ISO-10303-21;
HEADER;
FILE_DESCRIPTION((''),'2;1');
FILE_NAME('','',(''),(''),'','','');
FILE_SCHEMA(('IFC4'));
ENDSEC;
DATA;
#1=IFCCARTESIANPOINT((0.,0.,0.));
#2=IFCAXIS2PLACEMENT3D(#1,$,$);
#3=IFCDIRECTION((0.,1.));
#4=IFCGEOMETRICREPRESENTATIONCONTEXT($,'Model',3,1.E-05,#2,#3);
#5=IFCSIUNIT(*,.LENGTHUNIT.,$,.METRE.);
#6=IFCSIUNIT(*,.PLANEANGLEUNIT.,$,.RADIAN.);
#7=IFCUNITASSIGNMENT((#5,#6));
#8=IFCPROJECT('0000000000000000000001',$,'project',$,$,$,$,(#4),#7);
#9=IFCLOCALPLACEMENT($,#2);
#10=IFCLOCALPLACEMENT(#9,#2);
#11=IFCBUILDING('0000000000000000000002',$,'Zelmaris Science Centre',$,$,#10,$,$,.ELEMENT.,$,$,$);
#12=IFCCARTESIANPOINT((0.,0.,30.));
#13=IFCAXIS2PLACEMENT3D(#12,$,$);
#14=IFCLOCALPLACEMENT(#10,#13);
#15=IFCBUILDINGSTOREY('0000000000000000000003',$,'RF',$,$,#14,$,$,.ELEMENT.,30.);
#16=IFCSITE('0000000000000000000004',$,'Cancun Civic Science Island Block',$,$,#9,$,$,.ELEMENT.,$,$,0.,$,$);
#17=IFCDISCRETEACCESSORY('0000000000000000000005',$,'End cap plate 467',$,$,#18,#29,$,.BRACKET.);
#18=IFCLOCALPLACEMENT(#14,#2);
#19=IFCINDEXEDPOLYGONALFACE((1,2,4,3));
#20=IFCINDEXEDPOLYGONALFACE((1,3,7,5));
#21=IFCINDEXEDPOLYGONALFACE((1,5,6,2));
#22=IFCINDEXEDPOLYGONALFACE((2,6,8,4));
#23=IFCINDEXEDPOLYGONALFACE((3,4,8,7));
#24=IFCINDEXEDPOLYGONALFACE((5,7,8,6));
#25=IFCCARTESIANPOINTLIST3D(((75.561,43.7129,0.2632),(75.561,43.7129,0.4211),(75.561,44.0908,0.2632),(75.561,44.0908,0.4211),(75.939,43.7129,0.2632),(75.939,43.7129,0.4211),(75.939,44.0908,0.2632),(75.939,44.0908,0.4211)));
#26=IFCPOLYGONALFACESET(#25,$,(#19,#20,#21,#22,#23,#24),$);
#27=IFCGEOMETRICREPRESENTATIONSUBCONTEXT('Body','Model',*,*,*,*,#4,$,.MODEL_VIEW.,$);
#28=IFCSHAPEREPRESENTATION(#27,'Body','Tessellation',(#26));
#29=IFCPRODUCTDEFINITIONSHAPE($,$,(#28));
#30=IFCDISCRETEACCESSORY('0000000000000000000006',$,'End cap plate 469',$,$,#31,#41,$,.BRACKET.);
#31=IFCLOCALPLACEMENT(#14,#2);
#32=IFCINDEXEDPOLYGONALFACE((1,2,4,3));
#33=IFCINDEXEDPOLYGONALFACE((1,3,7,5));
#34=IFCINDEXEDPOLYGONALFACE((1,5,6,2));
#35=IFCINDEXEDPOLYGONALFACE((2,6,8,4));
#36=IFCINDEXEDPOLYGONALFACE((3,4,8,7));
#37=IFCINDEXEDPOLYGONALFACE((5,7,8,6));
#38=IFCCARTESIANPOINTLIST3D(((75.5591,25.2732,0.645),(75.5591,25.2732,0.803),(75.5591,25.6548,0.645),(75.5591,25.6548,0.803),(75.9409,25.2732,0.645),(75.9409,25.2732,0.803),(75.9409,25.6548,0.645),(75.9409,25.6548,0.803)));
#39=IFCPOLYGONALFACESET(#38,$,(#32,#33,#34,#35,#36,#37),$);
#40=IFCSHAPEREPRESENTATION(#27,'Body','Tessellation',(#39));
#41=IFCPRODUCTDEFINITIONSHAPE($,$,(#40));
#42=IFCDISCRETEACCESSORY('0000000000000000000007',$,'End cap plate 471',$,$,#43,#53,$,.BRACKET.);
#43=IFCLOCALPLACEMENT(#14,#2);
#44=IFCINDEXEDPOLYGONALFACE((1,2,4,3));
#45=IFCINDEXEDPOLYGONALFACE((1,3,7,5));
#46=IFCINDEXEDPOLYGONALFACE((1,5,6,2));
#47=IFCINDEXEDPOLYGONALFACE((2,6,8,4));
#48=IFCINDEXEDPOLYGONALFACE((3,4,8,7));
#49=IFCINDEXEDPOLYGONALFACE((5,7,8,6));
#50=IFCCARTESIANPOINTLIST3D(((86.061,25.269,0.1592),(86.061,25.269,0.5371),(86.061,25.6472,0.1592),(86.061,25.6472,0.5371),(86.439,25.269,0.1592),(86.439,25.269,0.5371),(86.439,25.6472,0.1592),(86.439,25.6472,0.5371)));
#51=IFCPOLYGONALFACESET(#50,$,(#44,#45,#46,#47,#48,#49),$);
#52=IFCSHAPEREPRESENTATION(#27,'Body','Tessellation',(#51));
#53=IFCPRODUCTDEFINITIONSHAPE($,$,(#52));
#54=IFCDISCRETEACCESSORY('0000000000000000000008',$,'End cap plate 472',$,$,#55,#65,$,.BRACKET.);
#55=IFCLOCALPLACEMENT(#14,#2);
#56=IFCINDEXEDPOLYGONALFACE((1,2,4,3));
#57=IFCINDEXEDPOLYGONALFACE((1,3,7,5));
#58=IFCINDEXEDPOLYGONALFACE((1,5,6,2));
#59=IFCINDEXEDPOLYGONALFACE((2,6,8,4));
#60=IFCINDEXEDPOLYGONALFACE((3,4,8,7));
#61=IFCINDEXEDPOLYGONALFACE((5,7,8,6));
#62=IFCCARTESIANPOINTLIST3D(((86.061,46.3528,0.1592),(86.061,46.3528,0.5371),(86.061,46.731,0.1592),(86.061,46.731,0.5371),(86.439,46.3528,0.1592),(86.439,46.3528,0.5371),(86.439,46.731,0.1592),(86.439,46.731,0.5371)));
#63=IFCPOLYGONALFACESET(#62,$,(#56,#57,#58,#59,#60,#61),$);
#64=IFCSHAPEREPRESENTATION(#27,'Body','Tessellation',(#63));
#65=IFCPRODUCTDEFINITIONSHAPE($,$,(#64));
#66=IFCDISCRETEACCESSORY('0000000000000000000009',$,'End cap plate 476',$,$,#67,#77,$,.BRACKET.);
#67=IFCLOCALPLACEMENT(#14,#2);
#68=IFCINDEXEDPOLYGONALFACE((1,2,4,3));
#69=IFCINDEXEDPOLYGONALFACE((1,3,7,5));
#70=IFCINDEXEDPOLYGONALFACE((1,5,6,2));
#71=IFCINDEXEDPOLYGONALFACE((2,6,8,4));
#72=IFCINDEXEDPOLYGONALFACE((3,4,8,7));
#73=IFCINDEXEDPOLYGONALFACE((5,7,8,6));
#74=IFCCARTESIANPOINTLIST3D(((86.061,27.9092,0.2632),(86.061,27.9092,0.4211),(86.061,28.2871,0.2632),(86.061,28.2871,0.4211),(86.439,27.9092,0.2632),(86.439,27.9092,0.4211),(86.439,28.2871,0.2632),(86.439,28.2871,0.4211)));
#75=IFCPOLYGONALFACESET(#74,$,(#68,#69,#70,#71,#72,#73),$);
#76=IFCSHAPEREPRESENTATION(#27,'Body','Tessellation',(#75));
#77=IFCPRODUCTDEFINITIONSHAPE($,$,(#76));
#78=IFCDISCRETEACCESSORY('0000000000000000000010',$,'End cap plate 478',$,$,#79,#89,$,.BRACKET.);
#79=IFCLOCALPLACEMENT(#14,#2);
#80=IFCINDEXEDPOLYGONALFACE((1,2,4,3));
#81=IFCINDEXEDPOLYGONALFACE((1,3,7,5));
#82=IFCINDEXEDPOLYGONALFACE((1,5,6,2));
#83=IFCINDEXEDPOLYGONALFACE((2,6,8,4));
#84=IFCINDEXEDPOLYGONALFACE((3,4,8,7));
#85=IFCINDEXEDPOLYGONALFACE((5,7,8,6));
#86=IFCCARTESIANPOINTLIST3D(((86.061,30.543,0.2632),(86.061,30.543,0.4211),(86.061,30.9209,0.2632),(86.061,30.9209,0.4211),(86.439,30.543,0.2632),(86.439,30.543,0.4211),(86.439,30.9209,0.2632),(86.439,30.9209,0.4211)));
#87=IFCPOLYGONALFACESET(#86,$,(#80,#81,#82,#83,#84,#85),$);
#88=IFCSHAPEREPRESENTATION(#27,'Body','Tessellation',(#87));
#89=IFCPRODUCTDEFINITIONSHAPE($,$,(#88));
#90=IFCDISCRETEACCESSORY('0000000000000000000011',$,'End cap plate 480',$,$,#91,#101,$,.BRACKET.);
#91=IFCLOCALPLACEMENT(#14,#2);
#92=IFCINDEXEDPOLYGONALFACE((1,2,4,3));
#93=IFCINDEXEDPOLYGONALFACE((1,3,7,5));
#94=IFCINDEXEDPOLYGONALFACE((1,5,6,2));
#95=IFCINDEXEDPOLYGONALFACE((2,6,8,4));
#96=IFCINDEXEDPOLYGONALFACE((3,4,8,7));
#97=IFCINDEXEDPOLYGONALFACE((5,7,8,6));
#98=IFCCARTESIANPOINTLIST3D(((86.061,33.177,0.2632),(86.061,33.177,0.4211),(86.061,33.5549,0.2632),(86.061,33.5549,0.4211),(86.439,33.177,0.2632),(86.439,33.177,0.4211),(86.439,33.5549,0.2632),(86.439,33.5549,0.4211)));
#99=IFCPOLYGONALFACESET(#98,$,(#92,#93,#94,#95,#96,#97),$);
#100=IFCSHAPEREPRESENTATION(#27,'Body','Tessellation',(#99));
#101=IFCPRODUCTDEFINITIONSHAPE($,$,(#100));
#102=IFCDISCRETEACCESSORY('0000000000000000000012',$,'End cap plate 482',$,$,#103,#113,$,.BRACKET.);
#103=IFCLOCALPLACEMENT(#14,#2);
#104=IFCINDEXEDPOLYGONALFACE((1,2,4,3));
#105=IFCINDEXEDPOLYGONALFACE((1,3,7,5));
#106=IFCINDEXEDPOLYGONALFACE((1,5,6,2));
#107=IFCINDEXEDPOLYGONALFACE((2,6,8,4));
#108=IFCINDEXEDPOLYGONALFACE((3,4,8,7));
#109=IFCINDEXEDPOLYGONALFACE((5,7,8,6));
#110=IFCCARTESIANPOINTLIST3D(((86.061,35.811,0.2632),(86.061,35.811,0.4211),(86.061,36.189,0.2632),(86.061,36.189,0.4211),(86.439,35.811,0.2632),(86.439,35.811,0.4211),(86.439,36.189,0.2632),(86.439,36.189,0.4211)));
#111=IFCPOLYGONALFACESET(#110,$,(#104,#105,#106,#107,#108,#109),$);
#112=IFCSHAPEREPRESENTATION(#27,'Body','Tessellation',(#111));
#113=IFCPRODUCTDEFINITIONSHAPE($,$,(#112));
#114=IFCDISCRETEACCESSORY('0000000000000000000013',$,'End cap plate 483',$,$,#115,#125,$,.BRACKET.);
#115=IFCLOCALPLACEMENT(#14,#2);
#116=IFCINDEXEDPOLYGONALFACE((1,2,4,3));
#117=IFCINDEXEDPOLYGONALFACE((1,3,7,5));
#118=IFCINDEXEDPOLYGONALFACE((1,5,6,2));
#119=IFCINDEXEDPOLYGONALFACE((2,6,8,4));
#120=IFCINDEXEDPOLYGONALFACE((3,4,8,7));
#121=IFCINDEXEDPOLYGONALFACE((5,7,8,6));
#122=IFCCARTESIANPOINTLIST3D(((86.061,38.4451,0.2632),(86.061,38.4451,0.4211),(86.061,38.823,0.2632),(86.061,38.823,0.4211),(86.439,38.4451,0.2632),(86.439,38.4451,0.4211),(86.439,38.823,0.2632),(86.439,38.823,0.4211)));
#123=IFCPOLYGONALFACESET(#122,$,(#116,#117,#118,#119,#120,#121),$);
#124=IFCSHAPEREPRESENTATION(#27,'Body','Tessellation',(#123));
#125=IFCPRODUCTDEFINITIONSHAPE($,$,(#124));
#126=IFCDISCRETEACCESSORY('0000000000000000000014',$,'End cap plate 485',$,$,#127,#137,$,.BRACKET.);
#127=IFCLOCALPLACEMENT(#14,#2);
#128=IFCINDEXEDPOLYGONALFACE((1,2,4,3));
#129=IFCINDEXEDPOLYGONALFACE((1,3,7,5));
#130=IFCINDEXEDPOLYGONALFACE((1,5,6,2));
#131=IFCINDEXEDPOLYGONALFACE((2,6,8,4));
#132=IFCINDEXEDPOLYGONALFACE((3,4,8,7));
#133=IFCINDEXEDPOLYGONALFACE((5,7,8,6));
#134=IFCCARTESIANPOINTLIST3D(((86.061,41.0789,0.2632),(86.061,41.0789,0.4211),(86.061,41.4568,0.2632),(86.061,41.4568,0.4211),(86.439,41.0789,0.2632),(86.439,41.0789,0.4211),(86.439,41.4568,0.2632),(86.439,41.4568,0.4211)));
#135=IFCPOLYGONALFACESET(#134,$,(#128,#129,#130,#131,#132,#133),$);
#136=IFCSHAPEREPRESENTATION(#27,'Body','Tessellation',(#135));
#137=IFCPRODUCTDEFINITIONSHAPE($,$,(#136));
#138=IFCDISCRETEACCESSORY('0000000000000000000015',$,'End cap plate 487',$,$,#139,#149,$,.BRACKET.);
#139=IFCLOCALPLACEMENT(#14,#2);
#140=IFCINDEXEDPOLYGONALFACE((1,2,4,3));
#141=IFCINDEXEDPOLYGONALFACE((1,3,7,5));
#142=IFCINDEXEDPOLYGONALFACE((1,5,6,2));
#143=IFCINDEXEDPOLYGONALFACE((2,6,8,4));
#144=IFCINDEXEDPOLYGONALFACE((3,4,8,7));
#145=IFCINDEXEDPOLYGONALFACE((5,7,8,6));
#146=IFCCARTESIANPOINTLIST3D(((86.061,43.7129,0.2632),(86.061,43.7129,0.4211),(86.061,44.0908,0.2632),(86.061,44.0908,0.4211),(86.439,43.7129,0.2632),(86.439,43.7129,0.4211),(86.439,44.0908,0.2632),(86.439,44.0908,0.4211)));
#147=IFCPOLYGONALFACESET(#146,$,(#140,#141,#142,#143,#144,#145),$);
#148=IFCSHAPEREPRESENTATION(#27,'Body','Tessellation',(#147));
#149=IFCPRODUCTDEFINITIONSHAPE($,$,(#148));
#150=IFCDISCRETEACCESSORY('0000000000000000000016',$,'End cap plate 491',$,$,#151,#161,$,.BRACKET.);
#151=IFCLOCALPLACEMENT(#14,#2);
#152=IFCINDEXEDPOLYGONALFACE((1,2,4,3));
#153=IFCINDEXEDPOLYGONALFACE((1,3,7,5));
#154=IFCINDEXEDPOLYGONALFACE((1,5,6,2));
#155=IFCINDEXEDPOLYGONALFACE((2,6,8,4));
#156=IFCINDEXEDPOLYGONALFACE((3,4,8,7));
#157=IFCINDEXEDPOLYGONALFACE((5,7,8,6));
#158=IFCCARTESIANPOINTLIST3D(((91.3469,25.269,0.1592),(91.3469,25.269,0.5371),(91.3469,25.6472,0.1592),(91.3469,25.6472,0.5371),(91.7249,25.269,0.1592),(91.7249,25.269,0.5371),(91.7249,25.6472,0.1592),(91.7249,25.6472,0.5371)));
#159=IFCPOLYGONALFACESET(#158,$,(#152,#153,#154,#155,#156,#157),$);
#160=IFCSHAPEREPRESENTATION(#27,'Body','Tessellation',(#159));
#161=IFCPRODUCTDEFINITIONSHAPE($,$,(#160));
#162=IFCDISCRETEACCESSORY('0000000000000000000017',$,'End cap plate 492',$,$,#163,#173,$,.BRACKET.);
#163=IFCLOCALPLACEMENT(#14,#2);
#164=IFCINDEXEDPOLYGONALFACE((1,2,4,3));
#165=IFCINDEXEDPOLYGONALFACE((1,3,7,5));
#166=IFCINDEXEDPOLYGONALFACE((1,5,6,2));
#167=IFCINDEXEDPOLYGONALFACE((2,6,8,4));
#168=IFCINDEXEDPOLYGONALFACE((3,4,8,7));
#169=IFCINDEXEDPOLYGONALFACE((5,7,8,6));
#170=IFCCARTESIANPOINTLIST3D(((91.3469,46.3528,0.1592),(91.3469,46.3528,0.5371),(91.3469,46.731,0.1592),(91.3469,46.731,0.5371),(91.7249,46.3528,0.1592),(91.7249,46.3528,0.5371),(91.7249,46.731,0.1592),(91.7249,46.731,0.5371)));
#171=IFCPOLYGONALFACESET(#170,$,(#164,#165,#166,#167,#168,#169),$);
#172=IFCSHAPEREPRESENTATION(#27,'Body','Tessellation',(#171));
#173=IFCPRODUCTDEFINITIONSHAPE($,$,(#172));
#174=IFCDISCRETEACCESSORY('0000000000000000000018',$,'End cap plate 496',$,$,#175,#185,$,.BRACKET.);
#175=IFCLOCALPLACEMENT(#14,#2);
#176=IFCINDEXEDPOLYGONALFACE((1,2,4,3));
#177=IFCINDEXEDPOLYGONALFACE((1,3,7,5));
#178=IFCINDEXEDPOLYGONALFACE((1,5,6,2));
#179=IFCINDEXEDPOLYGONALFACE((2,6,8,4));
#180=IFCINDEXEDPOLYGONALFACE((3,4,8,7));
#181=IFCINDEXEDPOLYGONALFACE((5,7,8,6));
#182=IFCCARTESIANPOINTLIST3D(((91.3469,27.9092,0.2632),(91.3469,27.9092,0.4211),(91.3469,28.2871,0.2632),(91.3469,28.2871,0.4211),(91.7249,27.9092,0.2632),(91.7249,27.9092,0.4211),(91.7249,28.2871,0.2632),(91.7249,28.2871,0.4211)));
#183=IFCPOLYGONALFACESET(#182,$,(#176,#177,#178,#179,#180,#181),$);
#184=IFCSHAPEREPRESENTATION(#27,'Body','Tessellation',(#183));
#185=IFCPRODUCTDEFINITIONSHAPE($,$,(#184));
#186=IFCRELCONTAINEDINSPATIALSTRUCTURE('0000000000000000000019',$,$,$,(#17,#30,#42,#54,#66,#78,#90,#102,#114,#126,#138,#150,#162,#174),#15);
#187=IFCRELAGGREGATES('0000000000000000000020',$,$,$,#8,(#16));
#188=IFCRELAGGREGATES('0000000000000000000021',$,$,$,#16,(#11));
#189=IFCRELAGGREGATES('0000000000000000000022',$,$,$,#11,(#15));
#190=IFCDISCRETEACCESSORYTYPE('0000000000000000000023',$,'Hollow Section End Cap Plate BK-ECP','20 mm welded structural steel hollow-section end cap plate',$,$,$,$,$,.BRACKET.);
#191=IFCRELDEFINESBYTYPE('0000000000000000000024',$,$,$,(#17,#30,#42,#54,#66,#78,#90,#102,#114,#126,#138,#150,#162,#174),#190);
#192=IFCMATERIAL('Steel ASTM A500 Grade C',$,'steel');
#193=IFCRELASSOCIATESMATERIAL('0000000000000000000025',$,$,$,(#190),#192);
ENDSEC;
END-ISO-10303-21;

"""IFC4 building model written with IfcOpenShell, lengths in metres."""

from ifc_helpers import new_model, si_unit, direction, frame, origin, place, context, subcontext, project, spatial, polyline, outline, extrude, material, type_object, element, save


model = new_model("IFC4")

# Units and contexts
model_context = context("Model", 3, precision=1e-05, world=origin(), true_north=direction((0.0, 1.0)))
body_context = subcontext(model_context, "Body", "Model", "MODEL_VIEW")
ifc_project = project(units=[si_unit("LENGTHUNIT", "METRE"), si_unit("PLANEANGLEUNIT", "RADIAN")], contexts=[model_context])

# Site, building, storey
site_placement = place(None, origin())
site = spatial("IfcSite", under=ifc_project, at=site_placement, Name="Cancun Civic Science Island Block", CompositionType="ELEMENT", RefElevation=0.0)
building_placement = place(site_placement, origin())
building = spatial("IfcBuilding", under=site, at=building_placement, Name="Zelmaris Science Centre", CompositionType="ELEMENT")
storey_placement = place(building_placement, frame((0.0, 0.0, 30.0)))
storey = spatial("IfcBuildingStorey", under=building, at=storey_placement, Name="RF", CompositionType="ELEMENT", Elevation=30.0)

# Discrete accessories
ifc_material = material(Name="Steel ASTM A500 Grade C", Category="steel")
discrete_accessory_type = type_object("IfcDiscreteAccessoryType", Name="Hollow Section End Cap Plate BK-ECP", Description="20 mm welded structural steel hollow-section end cap plate", PredefinedType="BRACKET", material=ifc_material)
discrete_accessory_1_placement = place(storey_placement, frame((0.0, 0.0, 0.2632)))
element("IfcDiscreteAccessory", 1, at=discrete_accessory_1_placement, inside=storey, type_object=discrete_accessory_type, Name="End cap plate 467", PredefinedType="BRACKET", context=body_context, shape_type="SweptSolid", body=[
    extrude(outline(polyline([(75.561, 43.7129), (75.939, 43.7129), (75.939, 44.0908), (75.561, 44.0908), (75.561, 43.7129)])), origin(), (0.0, 0.0, 1.0), 0.158),
])
discrete_accessory_2_placement = place(storey_placement, frame((0.0, 0.0, 0.645)))
element("IfcDiscreteAccessory", 2, at=discrete_accessory_2_placement, inside=storey, type_object=discrete_accessory_type, Name="End cap plate 469", PredefinedType="BRACKET", context=body_context, shape_type="SweptSolid", body=[
    extrude(outline(polyline([(75.5591, 25.2732), (75.9409, 25.2732), (75.9409, 25.6548), (75.5591, 25.6548), (75.5591, 25.2732)])), origin(), (0.0, 0.0, 1.0), 0.158),
])
discrete_accessory_3_placement = place(storey_placement, frame((0.0, 0.0, 0.1592)))
element("IfcDiscreteAccessory", 3, at=discrete_accessory_3_placement, inside=storey, type_object=discrete_accessory_type, Name="End cap plate 471", PredefinedType="BRACKET", context=body_context, shape_type="SweptSolid", body=[
    extrude(outline(polyline([(86.061, 25.269), (86.439, 25.269), (86.439, 25.6472), (86.061, 25.6472), (86.061, 25.269)])), origin(), (0.0, 0.0, 1.0), 0.3779),
])
discrete_accessory_4_placement = place(storey_placement, frame((0.0, 0.0, 0.1592)))
element("IfcDiscreteAccessory", 4, at=discrete_accessory_4_placement, inside=storey, type_object=discrete_accessory_type, Name="End cap plate 472", PredefinedType="BRACKET", context=body_context, shape_type="SweptSolid", body=[
    extrude(outline(polyline([(86.061, 46.3528), (86.439, 46.3528), (86.439, 46.731), (86.061, 46.731), (86.061, 46.3528)])), origin(), (0.0, 0.0, 1.0), 0.3779),
])
discrete_accessory_5_placement = place(storey_placement, frame((0.0, 0.0, 0.2632)))
element("IfcDiscreteAccessory", 5, at=discrete_accessory_5_placement, inside=storey, type_object=discrete_accessory_type, Name="End cap plate 476", PredefinedType="BRACKET", context=body_context, shape_type="SweptSolid", body=[
    extrude(outline(polyline([(86.061, 27.9092), (86.439, 27.9092), (86.439, 28.2871), (86.061, 28.2871), (86.061, 27.9092)])), origin(), (0.0, 0.0, 1.0), 0.158),
])
discrete_accessory_6_placement = place(storey_placement, frame((0.0, 0.0, 0.2632)))
element("IfcDiscreteAccessory", 6, at=discrete_accessory_6_placement, inside=storey, type_object=discrete_accessory_type, Name="End cap plate 478", PredefinedType="BRACKET", context=body_context, shape_type="SweptSolid", body=[
    extrude(outline(polyline([(86.061, 30.543), (86.439, 30.543), (86.439, 30.9209), (86.061, 30.9209), (86.061, 30.543)])), origin(), (0.0, 0.0, 1.0), 0.158),
])
discrete_accessory_7_placement = place(storey_placement, frame((0.0, 0.0, 0.2632)))
element("IfcDiscreteAccessory", 7, at=discrete_accessory_7_placement, inside=storey, type_object=discrete_accessory_type, Name="End cap plate 480", PredefinedType="BRACKET", context=body_context, shape_type="SweptSolid", body=[
    extrude(outline(polyline([(86.061, 33.177), (86.439, 33.177), (86.439, 33.5549), (86.061, 33.5549), (86.061, 33.177)])), origin(), (0.0, 0.0, 1.0), 0.158),
])
discrete_accessory_8_placement = place(storey_placement, frame((0.0, 0.0, 0.2632)))
element("IfcDiscreteAccessory", 8, at=discrete_accessory_8_placement, inside=storey, type_object=discrete_accessory_type, Name="End cap plate 482", PredefinedType="BRACKET", context=body_context, shape_type="SweptSolid", body=[
    extrude(outline(polyline([(86.061, 35.811), (86.439, 35.811), (86.439, 36.189), (86.061, 36.189), (86.061, 35.811)])), origin(), (0.0, 0.0, 1.0), 0.158),
])
discrete_accessory_9_placement = place(storey_placement, frame((0.0, 0.0, 0.2632)))
element("IfcDiscreteAccessory", 9, at=discrete_accessory_9_placement, inside=storey, type_object=discrete_accessory_type, Name="End cap plate 483", PredefinedType="BRACKET", context=body_context, shape_type="SweptSolid", body=[
    extrude(outline(polyline([(86.061, 38.4451), (86.439, 38.4451), (86.439, 38.823), (86.061, 38.823), (86.061, 38.4451)])), origin(), (0.0, 0.0, 1.0), 0.158),
])
discrete_accessory_10_placement = place(storey_placement, frame((0.0, 0.0, 0.2632)))
element("IfcDiscreteAccessory", 10, at=discrete_accessory_10_placement, inside=storey, type_object=discrete_accessory_type, Name="End cap plate 485", PredefinedType="BRACKET", context=body_context, shape_type="SweptSolid", body=[
    extrude(outline(polyline([(86.061, 41.0789), (86.439, 41.0789), (86.439, 41.4568), (86.061, 41.4568), (86.061, 41.0789)])), origin(), (0.0, 0.0, 1.0), 0.158),
])
discrete_accessory_11_placement = place(storey_placement, frame((0.0, 0.0, 0.2632)))
element("IfcDiscreteAccessory", 11, at=discrete_accessory_11_placement, inside=storey, type_object=discrete_accessory_type, Name="End cap plate 487", PredefinedType="BRACKET", context=body_context, shape_type="SweptSolid", body=[
    extrude(outline(polyline([(86.061, 43.7129), (86.439, 43.7129), (86.439, 44.0908), (86.061, 44.0908), (86.061, 43.7129)])), origin(), (0.0, 0.0, 1.0), 0.158),
])
discrete_accessory_12_placement = place(storey_placement, frame((0.0, 0.0, 0.1592)))
element("IfcDiscreteAccessory", 12, at=discrete_accessory_12_placement, inside=storey, type_object=discrete_accessory_type, Name="End cap plate 491", PredefinedType="BRACKET", context=body_context, shape_type="SweptSolid", body=[
    extrude(outline(polyline([(91.3469, 25.269), (91.7249, 25.269), (91.7249, 25.6472), (91.3469, 25.6472), (91.3469, 25.269)])), origin(), (0.0, 0.0, 1.0), 0.3779),
])
discrete_accessory_13_placement = place(storey_placement, frame((0.0, 0.0, 0.1592)))
element("IfcDiscreteAccessory", 13, at=discrete_accessory_13_placement, inside=storey, type_object=discrete_accessory_type, Name="End cap plate 492", PredefinedType="BRACKET", context=body_context, shape_type="SweptSolid", body=[
    extrude(outline(polyline([(91.3469, 46.3528), (91.7249, 46.3528), (91.7249, 46.731), (91.3469, 46.731), (91.3469, 46.3528)])), origin(), (0.0, 0.0, 1.0), 0.3779),
])
discrete_accessory_14_placement = place(storey_placement, frame((0.0, 0.0, 0.2632)))
element("IfcDiscreteAccessory", 14, at=discrete_accessory_14_placement, inside=storey, type_object=discrete_accessory_type, Name="End cap plate 496", PredefinedType="BRACKET", context=body_context, shape_type="SweptSolid", body=[
    extrude(outline(polyline([(91.3469, 27.9092), (91.7249, 27.9092), (91.7249, 28.2871), (91.3469, 28.2871), (91.3469, 27.9092)])), origin(), (0.0, 0.0, 1.0), 0.158),
])

save(model, "model.ifc")
